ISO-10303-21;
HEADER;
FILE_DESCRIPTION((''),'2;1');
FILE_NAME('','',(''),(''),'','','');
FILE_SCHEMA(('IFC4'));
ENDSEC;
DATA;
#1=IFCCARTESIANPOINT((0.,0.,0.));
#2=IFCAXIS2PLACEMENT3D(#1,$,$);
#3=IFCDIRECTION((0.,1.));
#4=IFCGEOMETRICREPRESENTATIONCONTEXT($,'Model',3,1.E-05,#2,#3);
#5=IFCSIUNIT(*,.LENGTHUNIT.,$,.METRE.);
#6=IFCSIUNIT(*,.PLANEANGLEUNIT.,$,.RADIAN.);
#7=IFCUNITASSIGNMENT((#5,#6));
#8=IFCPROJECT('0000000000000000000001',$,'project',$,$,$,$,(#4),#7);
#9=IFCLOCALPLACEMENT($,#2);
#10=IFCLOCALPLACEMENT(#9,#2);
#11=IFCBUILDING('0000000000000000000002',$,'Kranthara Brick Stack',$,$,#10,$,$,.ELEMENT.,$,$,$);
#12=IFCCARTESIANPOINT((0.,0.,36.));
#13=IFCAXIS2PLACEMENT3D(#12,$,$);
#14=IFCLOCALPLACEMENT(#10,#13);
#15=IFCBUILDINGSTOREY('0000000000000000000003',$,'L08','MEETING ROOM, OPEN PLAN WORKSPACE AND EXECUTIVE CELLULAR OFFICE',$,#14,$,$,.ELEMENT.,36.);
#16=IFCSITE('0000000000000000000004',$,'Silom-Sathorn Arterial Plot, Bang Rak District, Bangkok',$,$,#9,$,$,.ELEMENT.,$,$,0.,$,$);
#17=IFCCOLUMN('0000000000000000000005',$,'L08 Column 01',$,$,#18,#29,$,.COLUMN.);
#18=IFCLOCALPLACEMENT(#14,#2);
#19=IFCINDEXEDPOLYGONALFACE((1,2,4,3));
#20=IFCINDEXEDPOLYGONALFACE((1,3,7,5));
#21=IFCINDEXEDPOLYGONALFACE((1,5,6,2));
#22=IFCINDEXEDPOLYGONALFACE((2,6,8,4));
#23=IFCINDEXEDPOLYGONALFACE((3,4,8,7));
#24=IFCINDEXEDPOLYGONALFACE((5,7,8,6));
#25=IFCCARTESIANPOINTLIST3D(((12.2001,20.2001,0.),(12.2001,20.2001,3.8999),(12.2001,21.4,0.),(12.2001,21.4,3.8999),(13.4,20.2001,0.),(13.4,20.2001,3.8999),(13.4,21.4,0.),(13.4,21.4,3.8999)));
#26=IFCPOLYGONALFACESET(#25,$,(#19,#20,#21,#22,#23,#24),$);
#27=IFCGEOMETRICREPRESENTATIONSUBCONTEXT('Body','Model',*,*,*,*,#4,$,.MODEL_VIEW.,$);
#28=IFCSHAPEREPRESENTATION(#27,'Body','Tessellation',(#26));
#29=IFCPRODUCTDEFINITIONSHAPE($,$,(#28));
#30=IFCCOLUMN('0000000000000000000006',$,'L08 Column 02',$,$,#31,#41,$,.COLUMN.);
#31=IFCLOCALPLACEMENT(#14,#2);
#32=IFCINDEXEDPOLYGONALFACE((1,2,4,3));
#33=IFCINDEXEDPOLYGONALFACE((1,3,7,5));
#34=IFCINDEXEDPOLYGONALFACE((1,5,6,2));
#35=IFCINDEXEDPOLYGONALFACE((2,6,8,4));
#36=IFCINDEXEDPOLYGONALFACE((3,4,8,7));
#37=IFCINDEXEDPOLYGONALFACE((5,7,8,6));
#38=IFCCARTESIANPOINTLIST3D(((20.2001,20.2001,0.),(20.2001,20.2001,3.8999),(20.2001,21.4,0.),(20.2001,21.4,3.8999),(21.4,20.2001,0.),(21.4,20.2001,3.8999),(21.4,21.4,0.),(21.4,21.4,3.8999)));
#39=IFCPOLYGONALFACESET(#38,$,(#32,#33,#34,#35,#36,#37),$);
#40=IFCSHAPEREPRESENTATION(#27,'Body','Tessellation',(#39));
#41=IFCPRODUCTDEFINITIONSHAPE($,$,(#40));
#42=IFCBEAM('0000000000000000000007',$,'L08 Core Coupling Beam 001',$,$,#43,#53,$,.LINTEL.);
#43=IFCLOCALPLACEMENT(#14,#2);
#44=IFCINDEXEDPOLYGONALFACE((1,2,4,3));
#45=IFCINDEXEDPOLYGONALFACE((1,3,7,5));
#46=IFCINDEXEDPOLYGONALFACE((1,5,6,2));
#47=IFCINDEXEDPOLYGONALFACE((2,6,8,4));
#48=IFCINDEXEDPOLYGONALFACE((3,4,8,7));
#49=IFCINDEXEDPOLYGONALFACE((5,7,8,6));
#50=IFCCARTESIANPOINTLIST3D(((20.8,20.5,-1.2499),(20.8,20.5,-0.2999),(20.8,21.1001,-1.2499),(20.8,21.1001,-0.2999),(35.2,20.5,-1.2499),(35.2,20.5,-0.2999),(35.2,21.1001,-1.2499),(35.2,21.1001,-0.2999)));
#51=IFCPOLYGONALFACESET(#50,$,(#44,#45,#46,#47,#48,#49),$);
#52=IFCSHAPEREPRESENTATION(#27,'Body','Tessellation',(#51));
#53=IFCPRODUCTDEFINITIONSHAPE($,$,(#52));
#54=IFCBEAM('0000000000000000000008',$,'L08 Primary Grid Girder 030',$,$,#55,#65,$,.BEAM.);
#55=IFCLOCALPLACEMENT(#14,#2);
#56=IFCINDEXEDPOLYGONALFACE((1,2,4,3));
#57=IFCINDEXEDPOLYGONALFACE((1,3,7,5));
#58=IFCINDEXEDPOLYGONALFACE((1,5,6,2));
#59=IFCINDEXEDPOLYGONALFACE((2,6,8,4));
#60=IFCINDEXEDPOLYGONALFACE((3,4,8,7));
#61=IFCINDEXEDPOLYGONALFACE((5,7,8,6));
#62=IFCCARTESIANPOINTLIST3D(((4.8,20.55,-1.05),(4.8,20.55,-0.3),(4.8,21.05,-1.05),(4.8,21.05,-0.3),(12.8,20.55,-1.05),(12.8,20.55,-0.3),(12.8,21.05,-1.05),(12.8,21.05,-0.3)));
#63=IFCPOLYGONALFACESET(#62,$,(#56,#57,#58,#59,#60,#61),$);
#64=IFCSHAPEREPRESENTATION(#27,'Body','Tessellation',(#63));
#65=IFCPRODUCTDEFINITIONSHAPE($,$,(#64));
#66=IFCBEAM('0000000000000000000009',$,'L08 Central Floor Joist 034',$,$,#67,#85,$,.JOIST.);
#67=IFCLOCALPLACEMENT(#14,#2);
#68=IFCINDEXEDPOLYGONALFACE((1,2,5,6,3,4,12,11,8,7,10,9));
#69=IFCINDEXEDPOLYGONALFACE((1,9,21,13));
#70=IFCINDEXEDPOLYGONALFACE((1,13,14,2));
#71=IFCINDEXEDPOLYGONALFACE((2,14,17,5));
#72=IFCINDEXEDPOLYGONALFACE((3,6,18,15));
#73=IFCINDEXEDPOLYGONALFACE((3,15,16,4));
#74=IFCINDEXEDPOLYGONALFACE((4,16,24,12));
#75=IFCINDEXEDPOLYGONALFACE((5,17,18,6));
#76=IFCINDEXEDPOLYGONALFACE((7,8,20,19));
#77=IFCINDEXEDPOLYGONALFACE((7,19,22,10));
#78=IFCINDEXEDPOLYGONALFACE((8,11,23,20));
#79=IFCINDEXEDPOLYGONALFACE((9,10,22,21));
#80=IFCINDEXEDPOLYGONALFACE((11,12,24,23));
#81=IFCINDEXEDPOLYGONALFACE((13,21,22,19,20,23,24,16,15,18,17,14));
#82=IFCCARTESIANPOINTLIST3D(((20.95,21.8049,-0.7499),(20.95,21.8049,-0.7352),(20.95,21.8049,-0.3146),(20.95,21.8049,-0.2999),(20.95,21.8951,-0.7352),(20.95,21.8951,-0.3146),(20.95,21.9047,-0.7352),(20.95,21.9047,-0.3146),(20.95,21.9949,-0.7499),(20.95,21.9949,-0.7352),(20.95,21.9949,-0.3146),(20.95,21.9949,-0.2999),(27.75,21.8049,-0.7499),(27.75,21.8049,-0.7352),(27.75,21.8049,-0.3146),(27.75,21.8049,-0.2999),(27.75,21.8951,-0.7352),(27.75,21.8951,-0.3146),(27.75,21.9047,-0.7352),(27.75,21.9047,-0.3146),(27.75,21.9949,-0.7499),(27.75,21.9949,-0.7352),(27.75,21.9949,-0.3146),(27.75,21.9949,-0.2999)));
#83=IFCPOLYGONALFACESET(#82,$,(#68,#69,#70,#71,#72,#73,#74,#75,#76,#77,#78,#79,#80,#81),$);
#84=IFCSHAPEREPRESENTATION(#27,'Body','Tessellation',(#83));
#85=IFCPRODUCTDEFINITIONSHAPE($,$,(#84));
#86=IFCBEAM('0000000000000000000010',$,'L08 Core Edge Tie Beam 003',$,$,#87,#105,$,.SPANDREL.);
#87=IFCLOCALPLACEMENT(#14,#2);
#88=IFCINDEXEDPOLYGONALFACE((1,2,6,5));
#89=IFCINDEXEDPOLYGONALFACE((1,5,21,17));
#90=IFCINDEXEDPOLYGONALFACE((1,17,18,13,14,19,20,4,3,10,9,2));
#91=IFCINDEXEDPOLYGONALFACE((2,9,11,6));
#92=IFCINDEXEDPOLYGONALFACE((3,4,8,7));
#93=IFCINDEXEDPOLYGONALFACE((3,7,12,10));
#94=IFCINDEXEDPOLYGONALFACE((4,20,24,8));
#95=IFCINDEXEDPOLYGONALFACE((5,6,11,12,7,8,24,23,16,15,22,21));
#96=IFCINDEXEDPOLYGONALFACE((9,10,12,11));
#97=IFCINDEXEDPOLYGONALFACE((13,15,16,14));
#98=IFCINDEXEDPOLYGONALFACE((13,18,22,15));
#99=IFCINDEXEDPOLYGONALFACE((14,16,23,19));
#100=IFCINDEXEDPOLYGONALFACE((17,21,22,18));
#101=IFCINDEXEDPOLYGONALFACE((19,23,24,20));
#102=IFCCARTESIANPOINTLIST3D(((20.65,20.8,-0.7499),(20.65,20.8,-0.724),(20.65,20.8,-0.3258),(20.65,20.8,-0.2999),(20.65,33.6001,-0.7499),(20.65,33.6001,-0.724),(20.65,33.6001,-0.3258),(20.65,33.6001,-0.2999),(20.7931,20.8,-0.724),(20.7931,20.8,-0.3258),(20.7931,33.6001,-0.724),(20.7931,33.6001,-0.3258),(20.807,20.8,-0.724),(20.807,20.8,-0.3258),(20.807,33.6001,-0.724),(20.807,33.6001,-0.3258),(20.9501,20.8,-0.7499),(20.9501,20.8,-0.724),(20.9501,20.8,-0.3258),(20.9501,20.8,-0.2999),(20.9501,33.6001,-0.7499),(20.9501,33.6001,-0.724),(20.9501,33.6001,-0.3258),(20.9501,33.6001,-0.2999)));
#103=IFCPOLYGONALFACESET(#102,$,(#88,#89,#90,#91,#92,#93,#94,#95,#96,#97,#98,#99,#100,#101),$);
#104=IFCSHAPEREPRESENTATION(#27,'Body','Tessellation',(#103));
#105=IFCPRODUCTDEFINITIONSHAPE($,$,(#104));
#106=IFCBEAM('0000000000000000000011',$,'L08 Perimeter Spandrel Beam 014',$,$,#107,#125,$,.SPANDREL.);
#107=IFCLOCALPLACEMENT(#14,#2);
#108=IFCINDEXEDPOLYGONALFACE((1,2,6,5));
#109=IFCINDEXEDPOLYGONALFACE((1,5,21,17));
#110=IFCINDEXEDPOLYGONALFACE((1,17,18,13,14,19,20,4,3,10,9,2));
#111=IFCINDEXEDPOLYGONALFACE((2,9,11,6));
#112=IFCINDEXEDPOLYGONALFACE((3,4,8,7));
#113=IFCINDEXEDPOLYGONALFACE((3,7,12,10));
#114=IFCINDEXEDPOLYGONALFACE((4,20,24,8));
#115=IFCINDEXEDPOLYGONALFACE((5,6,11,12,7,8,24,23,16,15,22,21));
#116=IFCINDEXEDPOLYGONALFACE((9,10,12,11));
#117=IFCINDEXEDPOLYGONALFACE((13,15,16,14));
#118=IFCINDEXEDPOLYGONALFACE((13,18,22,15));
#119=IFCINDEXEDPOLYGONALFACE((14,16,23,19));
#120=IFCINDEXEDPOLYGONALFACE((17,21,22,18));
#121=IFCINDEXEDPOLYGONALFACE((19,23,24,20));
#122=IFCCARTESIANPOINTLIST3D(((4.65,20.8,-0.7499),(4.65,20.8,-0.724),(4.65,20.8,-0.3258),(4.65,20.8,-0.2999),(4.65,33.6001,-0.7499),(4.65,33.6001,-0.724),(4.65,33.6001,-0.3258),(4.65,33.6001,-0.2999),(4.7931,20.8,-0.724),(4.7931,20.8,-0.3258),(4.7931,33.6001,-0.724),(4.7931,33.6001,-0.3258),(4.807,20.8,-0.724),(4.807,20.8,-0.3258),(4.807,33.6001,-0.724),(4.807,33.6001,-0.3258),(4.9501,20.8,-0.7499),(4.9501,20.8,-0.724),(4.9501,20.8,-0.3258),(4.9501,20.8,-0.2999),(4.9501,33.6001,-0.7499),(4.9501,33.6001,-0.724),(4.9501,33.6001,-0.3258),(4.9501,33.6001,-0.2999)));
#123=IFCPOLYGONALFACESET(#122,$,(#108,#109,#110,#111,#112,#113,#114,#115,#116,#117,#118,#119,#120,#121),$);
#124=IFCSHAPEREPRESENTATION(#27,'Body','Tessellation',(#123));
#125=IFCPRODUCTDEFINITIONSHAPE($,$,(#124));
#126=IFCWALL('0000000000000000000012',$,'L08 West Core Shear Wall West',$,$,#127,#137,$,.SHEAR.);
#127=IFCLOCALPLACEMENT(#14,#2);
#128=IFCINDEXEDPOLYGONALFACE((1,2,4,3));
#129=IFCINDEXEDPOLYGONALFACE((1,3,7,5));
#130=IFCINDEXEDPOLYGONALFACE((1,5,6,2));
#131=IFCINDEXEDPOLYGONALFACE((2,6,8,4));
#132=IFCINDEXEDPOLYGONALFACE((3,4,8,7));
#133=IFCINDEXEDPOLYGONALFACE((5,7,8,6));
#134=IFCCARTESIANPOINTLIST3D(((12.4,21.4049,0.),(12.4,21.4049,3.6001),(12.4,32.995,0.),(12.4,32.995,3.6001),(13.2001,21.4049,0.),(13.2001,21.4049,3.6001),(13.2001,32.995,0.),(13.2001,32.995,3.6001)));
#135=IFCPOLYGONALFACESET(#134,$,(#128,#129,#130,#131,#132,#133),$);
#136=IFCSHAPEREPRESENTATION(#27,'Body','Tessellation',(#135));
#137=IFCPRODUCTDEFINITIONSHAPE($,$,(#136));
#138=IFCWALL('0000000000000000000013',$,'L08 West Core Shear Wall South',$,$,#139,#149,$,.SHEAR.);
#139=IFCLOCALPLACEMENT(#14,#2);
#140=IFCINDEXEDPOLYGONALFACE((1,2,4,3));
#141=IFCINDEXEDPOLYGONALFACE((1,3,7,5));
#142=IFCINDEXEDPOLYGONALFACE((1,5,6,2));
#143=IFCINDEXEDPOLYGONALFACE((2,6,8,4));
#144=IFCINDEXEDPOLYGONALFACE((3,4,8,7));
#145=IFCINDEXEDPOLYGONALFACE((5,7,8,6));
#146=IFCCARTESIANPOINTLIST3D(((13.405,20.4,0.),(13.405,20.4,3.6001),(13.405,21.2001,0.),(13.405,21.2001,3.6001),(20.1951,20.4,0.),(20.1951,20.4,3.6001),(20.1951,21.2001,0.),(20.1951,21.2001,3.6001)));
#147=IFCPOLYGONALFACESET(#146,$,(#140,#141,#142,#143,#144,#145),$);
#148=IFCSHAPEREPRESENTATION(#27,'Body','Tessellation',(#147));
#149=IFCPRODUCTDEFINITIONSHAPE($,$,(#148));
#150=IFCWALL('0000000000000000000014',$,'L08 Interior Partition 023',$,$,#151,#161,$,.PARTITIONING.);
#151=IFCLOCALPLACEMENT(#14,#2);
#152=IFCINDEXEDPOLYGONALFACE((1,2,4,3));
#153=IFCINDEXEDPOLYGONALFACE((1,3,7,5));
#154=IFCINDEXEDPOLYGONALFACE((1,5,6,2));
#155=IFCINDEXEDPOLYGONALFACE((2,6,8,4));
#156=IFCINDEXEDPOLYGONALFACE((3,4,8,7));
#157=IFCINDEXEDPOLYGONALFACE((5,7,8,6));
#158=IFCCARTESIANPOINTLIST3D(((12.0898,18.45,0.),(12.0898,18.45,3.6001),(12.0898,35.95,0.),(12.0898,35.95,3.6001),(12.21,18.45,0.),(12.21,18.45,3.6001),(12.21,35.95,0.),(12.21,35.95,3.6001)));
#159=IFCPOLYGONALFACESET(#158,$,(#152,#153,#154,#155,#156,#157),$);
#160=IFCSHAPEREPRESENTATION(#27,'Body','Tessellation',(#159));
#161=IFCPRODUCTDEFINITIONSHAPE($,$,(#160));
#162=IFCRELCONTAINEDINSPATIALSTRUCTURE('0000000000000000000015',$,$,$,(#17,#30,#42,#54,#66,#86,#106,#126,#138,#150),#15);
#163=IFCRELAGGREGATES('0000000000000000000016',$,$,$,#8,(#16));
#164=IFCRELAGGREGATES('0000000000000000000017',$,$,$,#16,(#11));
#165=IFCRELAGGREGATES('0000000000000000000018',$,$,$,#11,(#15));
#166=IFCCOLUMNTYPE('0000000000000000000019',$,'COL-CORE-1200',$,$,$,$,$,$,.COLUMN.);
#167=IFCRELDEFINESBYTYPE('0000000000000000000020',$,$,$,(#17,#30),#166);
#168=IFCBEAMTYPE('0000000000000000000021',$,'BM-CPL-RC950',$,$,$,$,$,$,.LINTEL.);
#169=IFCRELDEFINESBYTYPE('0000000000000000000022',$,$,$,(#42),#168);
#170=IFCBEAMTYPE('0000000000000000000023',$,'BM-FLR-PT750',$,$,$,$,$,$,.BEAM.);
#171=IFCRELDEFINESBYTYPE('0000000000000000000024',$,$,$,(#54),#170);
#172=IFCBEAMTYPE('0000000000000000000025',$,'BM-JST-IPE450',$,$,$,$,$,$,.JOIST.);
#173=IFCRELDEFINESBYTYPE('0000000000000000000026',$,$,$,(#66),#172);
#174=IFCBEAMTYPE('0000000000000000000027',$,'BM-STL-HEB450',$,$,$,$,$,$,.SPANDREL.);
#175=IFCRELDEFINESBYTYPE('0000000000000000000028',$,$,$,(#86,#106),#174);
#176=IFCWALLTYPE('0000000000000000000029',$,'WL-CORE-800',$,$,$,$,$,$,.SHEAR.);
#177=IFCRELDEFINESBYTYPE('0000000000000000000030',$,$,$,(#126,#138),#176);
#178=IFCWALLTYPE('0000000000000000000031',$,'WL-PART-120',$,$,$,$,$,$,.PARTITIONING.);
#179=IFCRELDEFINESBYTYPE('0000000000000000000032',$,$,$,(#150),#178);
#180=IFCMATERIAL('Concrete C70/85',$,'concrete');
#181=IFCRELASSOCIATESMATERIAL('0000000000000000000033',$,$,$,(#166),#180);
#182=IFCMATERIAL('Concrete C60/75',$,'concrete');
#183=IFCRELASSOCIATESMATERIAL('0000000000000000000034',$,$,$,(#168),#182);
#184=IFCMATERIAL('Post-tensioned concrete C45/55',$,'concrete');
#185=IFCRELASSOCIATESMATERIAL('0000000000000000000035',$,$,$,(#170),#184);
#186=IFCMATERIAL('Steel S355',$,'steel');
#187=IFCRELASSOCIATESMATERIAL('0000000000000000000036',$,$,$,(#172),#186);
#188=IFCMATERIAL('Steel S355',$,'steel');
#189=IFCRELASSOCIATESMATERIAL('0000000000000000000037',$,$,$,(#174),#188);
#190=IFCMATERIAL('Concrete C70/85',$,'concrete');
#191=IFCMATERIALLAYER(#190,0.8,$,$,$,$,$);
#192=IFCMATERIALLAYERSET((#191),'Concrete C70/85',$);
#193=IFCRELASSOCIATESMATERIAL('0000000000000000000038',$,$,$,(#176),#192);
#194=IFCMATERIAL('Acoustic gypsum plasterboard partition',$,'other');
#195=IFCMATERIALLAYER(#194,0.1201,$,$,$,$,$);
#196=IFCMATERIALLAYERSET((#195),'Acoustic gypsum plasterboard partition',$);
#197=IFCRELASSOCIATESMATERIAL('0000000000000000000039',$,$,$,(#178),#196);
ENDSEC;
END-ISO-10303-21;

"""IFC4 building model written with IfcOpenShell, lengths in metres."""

from ifc_helpers import new_model, si_unit, direction, frame, frame_2d, origin, origin_2d, place, context, subcontext, project, spatial, rectangle, i_section, extrude, material, layer, layer_set, material_profile, profile_set, type_object, element, save


model = new_model("IFC4")

# Units and contexts
model_context = context("Model", 3, precision=1e-05, world=origin(), true_north=direction((0.0, 1.0)))
body_context = subcontext(model_context, "Body", "Model", "MODEL_VIEW")
ifc_project = project(units=[si_unit("LENGTHUNIT", "METRE"), si_unit("PLANEANGLEUNIT", "RADIAN")], contexts=[model_context])

# Site, building, storey
site_placement = place(None, origin())
site = spatial("IfcSite", under=ifc_project, at=site_placement, Name="Silom-Sathorn Arterial Plot, Bang Rak District, Bangkok", CompositionType="ELEMENT", RefElevation=0.0)
building_placement = place(site_placement, origin())
building = spatial("IfcBuilding", under=site, at=building_placement, Name="Kranthara Brick Stack", CompositionType="ELEMENT")
storey_placement = place(building_placement, frame((0.0, 0.0, 36.0)))
storey = spatial("IfcBuildingStorey", under=building, at=storey_placement, Name="L08", Description="MEETING ROOM, OPEN PLAN WORKSPACE AND EXECUTIVE CELLULAR OFFICE", CompositionType="ELEMENT", Elevation=36.0)

# Columns
ifc_material_1 = material(Name="Concrete C70/85", Category="concrete")
ifc_material_profile_1 = material_profile(ifc_material_1, rectangle(XDim=1.2, YDim=1.2, at=origin_2d()), Name="RC 1200x1200")
ifc_profile_set_1 = profile_set([ifc_material_profile_1], Name="Concrete C70/85")
column_type = type_object("IfcColumnType", Name="COL-CORE-1200", PredefinedType="COLUMN", material=ifc_profile_set_1)
for number, where, z_axis, x_axis, name in (
    (1, (12.8, 20.8, 0.0), (0.0, 0.0, 1.0), (1.0, 0.0, 0.0), "L08 Column 01"),
    (2, (20.8, 20.8, 0.0), (0.0, 0.0, 1.0), (1.0, 0.0, 0.0), "L08 Column 02"),
):
    element("IfcColumn", number, at=place(storey_placement, frame(where, z_axis=z_axis, x_axis=x_axis)), inside=storey, type_object=column_type, Name=name, PredefinedType="COLUMN", context=body_context, shape_type="SweptSolid", body=[
        extrude(rectangle(XDim=1.2, YDim=1.2, at=origin_2d()), origin(), (0.0, 0.0, 1.0), 3.8999),
    ])

# Beams
ifc_material_2 = material(Name="Concrete C60/75", Category="concrete")
ifc_material_profile_2 = material_profile(ifc_material_2, rectangle(XDim=0.6001, YDim=0.95, at=origin_2d()), Name="RC 600x950")
ifc_profile_set_2 = profile_set([ifc_material_profile_2], Name="Concrete C60/75")
beam_type_1 = type_object("IfcBeamType", Name="BM-CPL-RC950", PredefinedType="LINTEL", material=ifc_profile_set_2)
beam_1_placement = place(storey_placement, frame((20.8, 20.8, -0.7749), z_axis=(1.0, 0.0, 0.0), x_axis=(0.0, 1.0, 0.0)))
element("IfcBeam", 3, at=beam_1_placement, inside=storey, type_object=beam_type_1, Name="L08 Core Coupling Beam 001", PredefinedType="LINTEL", context=body_context, shape_type="SweptSolid", body=[
    extrude(rectangle(XDim=0.6001, YDim=0.95, at=origin_2d()), origin(), (0.0, 0.0, 1.0), 14.3999),
])
ifc_material_3 = material(Name="Post-tensioned concrete C45/55", Category="concrete")
ifc_material_profile_3 = material_profile(ifc_material_3, rectangle(XDim=0.5, YDim=0.75, at=origin_2d()), Name="PT 500x750")
ifc_profile_set_3 = profile_set([ifc_material_profile_3], Name="Post-tensioned concrete C45/55")
beam_type_2 = type_object("IfcBeamType", Name="BM-FLR-PT750", PredefinedType="BEAM", material=ifc_profile_set_3)
beam_2_placement = place(storey_placement, frame((4.8, 20.8, -0.675), z_axis=(1.0, 0.0, 0.0), x_axis=(0.0, 1.0, 0.0)))
element("IfcBeam", 4, at=beam_2_placement, inside=storey, type_object=beam_type_2, Name="L08 Primary Grid Girder 030", PredefinedType="BEAM", context=body_context, shape_type="SweptSolid", body=[
    extrude(rectangle(XDim=0.5, YDim=0.75, at=origin_2d()), origin(), (0.0, 0.0, 1.0), 8.0),
])
ifc_material_4 = material(Name="Steel S355", Category="steel")
ifc_material_profile_4 = material_profile(ifc_material_4, i_section(OverallWidth=0.1899, OverallDepth=0.45, WebThickness=0.0095, FlangeThickness=0.0146, at=origin_2d()), Name="IPE 450")
ifc_profile_set_4 = profile_set([ifc_material_profile_4], Name="Steel S355")
beam_type_3 = type_object("IfcBeamType", Name="BM-JST-IPE450", PredefinedType="JOIST", material=ifc_profile_set_4)
beam_3_placement = place(storey_placement, frame((20.95, 21.8999, -0.5249), z_axis=(1.0, 0.0, 0.0), x_axis=(0.0, 1.0, 0.0)))
element("IfcBeam", 5, at=beam_3_placement, inside=storey, type_object=beam_type_3, Name="L08 Central Floor Joist 034", PredefinedType="JOIST", context=body_context, shape_type="SweptSolid", body=[
    extrude(i_section(OverallWidth=0.1899, OverallDepth=0.45, WebThickness=0.0095, FlangeThickness=0.0146, at=origin_2d()), origin(), (0.0, 0.0, 1.0), 6.8),
])
ifc_material_5 = material(Name="Steel S355", Category="steel")
ifc_material_profile_5 = material_profile(ifc_material_5, i_section(OverallWidth=0.3, OverallDepth=0.45, WebThickness=0.0139, FlangeThickness=0.0259, at=origin_2d()), Name="HEB 450")
ifc_profile_set_5 = profile_set([ifc_material_profile_5], Name="Steel S355")
beam_type_4 = type_object("IfcBeamType", Name="BM-STL-HEB450", PredefinedType="SPANDREL", material=ifc_profile_set_5)
for number, where, z_axis, x_axis, name in (
    (6, (20.8, 20.8, -0.5249), (0.0, 1.0, 0.0), (-1.0, 0.0, 0.0), "L08 Core Edge Tie Beam 003"),
    (7, (4.8, 20.8, -0.5249), (0.0, 1.0, 0.0), (-1.0, 0.0, 0.0), "L08 Perimeter Spandrel Beam 014"),
):
    element("IfcBeam", number, at=place(storey_placement, frame(where, z_axis=z_axis, x_axis=x_axis)), inside=storey, type_object=beam_type_4, Name=name, PredefinedType="SPANDREL", context=body_context, shape_type="SweptSolid", body=[
        extrude(i_section(OverallWidth=0.3, OverallDepth=0.45, WebThickness=0.0139, FlangeThickness=0.0259, at=origin_2d()), origin(), (0.0, 0.0, 1.0), 12.8),
    ])

# Walls
ifc_material_6 = material(Name="Concrete C70/85", Category="concrete")
ifc_layer_1 = layer(ifc_material_6, 0.8)
ifc_layer_set_1 = layer_set([ifc_layer_1], Name="Concrete C70/85")
wall_type_1 = type_object("IfcWallType", Name="WL-CORE-800", PredefinedType="SHEAR", material=ifc_layer_set_1)
wall_1_placement = place(storey_placement, frame((12.8, 21.405, 0.0), z_axis=(0.0, 0.0, 1.0), x_axis=(0.0, 1.0, 0.0)))
element("IfcWall", 8, at=wall_1_placement, inside=storey, type_object=wall_type_1, Name="L08 West Core Shear Wall West", PredefinedType="SHEAR", context=body_context, shape_type="SweptSolid", body=[
    extrude(rectangle(XDim=11.5901, YDim=0.8, at=frame_2d((5.7949, 0.0))), origin(), (0.0, 0.0, 1.0), 3.6001),
])
wall_2_placement = place(storey_placement, frame((13.405, 20.8, 0.0), z_axis=(0.0, 0.0, 1.0), x_axis=(1.0, 0.0, 0.0)))
element("IfcWall", 9, at=wall_2_placement, inside=storey, type_object=wall_type_1, Name="L08 West Core Shear Wall South", PredefinedType="SHEAR", context=body_context, shape_type="SweptSolid", body=[
    extrude(rectangle(XDim=6.79, YDim=0.8, at=frame_2d((3.395, 0.0))), origin(), (0.0, 0.0, 1.0), 3.6001),
])

# Wall
ifc_material_7 = material(Name="Acoustic gypsum plasterboard partition", Category="other")
ifc_layer_2 = layer(ifc_material_7, 0.1201)
ifc_layer_set_2 = layer_set([ifc_layer_2], Name="Acoustic gypsum plasterboard partition")
wall_type_2 = type_object("IfcWallType", Name="WL-PART-120", PredefinedType="PARTITIONING", material=ifc_layer_set_2)
wall_3_placement = place(storey_placement, frame((12.1499, 18.45, 0.0), z_axis=(0.0, 0.0, 1.0), x_axis=(0.0, 1.0, 0.0)))
element("IfcWall", 10, at=wall_3_placement, inside=storey, type_object=wall_type_2, Name="L08 Interior Partition 023", PredefinedType="PARTITIONING", context=body_context, shape_type="SweptSolid", body=[
    extrude(rectangle(XDim=17.5, YDim=0.1201, at=frame_2d((8.75, 0.0))), origin(), (0.0, 0.0, 1.0), 3.6001),
])

save(model, "model.ifc")
